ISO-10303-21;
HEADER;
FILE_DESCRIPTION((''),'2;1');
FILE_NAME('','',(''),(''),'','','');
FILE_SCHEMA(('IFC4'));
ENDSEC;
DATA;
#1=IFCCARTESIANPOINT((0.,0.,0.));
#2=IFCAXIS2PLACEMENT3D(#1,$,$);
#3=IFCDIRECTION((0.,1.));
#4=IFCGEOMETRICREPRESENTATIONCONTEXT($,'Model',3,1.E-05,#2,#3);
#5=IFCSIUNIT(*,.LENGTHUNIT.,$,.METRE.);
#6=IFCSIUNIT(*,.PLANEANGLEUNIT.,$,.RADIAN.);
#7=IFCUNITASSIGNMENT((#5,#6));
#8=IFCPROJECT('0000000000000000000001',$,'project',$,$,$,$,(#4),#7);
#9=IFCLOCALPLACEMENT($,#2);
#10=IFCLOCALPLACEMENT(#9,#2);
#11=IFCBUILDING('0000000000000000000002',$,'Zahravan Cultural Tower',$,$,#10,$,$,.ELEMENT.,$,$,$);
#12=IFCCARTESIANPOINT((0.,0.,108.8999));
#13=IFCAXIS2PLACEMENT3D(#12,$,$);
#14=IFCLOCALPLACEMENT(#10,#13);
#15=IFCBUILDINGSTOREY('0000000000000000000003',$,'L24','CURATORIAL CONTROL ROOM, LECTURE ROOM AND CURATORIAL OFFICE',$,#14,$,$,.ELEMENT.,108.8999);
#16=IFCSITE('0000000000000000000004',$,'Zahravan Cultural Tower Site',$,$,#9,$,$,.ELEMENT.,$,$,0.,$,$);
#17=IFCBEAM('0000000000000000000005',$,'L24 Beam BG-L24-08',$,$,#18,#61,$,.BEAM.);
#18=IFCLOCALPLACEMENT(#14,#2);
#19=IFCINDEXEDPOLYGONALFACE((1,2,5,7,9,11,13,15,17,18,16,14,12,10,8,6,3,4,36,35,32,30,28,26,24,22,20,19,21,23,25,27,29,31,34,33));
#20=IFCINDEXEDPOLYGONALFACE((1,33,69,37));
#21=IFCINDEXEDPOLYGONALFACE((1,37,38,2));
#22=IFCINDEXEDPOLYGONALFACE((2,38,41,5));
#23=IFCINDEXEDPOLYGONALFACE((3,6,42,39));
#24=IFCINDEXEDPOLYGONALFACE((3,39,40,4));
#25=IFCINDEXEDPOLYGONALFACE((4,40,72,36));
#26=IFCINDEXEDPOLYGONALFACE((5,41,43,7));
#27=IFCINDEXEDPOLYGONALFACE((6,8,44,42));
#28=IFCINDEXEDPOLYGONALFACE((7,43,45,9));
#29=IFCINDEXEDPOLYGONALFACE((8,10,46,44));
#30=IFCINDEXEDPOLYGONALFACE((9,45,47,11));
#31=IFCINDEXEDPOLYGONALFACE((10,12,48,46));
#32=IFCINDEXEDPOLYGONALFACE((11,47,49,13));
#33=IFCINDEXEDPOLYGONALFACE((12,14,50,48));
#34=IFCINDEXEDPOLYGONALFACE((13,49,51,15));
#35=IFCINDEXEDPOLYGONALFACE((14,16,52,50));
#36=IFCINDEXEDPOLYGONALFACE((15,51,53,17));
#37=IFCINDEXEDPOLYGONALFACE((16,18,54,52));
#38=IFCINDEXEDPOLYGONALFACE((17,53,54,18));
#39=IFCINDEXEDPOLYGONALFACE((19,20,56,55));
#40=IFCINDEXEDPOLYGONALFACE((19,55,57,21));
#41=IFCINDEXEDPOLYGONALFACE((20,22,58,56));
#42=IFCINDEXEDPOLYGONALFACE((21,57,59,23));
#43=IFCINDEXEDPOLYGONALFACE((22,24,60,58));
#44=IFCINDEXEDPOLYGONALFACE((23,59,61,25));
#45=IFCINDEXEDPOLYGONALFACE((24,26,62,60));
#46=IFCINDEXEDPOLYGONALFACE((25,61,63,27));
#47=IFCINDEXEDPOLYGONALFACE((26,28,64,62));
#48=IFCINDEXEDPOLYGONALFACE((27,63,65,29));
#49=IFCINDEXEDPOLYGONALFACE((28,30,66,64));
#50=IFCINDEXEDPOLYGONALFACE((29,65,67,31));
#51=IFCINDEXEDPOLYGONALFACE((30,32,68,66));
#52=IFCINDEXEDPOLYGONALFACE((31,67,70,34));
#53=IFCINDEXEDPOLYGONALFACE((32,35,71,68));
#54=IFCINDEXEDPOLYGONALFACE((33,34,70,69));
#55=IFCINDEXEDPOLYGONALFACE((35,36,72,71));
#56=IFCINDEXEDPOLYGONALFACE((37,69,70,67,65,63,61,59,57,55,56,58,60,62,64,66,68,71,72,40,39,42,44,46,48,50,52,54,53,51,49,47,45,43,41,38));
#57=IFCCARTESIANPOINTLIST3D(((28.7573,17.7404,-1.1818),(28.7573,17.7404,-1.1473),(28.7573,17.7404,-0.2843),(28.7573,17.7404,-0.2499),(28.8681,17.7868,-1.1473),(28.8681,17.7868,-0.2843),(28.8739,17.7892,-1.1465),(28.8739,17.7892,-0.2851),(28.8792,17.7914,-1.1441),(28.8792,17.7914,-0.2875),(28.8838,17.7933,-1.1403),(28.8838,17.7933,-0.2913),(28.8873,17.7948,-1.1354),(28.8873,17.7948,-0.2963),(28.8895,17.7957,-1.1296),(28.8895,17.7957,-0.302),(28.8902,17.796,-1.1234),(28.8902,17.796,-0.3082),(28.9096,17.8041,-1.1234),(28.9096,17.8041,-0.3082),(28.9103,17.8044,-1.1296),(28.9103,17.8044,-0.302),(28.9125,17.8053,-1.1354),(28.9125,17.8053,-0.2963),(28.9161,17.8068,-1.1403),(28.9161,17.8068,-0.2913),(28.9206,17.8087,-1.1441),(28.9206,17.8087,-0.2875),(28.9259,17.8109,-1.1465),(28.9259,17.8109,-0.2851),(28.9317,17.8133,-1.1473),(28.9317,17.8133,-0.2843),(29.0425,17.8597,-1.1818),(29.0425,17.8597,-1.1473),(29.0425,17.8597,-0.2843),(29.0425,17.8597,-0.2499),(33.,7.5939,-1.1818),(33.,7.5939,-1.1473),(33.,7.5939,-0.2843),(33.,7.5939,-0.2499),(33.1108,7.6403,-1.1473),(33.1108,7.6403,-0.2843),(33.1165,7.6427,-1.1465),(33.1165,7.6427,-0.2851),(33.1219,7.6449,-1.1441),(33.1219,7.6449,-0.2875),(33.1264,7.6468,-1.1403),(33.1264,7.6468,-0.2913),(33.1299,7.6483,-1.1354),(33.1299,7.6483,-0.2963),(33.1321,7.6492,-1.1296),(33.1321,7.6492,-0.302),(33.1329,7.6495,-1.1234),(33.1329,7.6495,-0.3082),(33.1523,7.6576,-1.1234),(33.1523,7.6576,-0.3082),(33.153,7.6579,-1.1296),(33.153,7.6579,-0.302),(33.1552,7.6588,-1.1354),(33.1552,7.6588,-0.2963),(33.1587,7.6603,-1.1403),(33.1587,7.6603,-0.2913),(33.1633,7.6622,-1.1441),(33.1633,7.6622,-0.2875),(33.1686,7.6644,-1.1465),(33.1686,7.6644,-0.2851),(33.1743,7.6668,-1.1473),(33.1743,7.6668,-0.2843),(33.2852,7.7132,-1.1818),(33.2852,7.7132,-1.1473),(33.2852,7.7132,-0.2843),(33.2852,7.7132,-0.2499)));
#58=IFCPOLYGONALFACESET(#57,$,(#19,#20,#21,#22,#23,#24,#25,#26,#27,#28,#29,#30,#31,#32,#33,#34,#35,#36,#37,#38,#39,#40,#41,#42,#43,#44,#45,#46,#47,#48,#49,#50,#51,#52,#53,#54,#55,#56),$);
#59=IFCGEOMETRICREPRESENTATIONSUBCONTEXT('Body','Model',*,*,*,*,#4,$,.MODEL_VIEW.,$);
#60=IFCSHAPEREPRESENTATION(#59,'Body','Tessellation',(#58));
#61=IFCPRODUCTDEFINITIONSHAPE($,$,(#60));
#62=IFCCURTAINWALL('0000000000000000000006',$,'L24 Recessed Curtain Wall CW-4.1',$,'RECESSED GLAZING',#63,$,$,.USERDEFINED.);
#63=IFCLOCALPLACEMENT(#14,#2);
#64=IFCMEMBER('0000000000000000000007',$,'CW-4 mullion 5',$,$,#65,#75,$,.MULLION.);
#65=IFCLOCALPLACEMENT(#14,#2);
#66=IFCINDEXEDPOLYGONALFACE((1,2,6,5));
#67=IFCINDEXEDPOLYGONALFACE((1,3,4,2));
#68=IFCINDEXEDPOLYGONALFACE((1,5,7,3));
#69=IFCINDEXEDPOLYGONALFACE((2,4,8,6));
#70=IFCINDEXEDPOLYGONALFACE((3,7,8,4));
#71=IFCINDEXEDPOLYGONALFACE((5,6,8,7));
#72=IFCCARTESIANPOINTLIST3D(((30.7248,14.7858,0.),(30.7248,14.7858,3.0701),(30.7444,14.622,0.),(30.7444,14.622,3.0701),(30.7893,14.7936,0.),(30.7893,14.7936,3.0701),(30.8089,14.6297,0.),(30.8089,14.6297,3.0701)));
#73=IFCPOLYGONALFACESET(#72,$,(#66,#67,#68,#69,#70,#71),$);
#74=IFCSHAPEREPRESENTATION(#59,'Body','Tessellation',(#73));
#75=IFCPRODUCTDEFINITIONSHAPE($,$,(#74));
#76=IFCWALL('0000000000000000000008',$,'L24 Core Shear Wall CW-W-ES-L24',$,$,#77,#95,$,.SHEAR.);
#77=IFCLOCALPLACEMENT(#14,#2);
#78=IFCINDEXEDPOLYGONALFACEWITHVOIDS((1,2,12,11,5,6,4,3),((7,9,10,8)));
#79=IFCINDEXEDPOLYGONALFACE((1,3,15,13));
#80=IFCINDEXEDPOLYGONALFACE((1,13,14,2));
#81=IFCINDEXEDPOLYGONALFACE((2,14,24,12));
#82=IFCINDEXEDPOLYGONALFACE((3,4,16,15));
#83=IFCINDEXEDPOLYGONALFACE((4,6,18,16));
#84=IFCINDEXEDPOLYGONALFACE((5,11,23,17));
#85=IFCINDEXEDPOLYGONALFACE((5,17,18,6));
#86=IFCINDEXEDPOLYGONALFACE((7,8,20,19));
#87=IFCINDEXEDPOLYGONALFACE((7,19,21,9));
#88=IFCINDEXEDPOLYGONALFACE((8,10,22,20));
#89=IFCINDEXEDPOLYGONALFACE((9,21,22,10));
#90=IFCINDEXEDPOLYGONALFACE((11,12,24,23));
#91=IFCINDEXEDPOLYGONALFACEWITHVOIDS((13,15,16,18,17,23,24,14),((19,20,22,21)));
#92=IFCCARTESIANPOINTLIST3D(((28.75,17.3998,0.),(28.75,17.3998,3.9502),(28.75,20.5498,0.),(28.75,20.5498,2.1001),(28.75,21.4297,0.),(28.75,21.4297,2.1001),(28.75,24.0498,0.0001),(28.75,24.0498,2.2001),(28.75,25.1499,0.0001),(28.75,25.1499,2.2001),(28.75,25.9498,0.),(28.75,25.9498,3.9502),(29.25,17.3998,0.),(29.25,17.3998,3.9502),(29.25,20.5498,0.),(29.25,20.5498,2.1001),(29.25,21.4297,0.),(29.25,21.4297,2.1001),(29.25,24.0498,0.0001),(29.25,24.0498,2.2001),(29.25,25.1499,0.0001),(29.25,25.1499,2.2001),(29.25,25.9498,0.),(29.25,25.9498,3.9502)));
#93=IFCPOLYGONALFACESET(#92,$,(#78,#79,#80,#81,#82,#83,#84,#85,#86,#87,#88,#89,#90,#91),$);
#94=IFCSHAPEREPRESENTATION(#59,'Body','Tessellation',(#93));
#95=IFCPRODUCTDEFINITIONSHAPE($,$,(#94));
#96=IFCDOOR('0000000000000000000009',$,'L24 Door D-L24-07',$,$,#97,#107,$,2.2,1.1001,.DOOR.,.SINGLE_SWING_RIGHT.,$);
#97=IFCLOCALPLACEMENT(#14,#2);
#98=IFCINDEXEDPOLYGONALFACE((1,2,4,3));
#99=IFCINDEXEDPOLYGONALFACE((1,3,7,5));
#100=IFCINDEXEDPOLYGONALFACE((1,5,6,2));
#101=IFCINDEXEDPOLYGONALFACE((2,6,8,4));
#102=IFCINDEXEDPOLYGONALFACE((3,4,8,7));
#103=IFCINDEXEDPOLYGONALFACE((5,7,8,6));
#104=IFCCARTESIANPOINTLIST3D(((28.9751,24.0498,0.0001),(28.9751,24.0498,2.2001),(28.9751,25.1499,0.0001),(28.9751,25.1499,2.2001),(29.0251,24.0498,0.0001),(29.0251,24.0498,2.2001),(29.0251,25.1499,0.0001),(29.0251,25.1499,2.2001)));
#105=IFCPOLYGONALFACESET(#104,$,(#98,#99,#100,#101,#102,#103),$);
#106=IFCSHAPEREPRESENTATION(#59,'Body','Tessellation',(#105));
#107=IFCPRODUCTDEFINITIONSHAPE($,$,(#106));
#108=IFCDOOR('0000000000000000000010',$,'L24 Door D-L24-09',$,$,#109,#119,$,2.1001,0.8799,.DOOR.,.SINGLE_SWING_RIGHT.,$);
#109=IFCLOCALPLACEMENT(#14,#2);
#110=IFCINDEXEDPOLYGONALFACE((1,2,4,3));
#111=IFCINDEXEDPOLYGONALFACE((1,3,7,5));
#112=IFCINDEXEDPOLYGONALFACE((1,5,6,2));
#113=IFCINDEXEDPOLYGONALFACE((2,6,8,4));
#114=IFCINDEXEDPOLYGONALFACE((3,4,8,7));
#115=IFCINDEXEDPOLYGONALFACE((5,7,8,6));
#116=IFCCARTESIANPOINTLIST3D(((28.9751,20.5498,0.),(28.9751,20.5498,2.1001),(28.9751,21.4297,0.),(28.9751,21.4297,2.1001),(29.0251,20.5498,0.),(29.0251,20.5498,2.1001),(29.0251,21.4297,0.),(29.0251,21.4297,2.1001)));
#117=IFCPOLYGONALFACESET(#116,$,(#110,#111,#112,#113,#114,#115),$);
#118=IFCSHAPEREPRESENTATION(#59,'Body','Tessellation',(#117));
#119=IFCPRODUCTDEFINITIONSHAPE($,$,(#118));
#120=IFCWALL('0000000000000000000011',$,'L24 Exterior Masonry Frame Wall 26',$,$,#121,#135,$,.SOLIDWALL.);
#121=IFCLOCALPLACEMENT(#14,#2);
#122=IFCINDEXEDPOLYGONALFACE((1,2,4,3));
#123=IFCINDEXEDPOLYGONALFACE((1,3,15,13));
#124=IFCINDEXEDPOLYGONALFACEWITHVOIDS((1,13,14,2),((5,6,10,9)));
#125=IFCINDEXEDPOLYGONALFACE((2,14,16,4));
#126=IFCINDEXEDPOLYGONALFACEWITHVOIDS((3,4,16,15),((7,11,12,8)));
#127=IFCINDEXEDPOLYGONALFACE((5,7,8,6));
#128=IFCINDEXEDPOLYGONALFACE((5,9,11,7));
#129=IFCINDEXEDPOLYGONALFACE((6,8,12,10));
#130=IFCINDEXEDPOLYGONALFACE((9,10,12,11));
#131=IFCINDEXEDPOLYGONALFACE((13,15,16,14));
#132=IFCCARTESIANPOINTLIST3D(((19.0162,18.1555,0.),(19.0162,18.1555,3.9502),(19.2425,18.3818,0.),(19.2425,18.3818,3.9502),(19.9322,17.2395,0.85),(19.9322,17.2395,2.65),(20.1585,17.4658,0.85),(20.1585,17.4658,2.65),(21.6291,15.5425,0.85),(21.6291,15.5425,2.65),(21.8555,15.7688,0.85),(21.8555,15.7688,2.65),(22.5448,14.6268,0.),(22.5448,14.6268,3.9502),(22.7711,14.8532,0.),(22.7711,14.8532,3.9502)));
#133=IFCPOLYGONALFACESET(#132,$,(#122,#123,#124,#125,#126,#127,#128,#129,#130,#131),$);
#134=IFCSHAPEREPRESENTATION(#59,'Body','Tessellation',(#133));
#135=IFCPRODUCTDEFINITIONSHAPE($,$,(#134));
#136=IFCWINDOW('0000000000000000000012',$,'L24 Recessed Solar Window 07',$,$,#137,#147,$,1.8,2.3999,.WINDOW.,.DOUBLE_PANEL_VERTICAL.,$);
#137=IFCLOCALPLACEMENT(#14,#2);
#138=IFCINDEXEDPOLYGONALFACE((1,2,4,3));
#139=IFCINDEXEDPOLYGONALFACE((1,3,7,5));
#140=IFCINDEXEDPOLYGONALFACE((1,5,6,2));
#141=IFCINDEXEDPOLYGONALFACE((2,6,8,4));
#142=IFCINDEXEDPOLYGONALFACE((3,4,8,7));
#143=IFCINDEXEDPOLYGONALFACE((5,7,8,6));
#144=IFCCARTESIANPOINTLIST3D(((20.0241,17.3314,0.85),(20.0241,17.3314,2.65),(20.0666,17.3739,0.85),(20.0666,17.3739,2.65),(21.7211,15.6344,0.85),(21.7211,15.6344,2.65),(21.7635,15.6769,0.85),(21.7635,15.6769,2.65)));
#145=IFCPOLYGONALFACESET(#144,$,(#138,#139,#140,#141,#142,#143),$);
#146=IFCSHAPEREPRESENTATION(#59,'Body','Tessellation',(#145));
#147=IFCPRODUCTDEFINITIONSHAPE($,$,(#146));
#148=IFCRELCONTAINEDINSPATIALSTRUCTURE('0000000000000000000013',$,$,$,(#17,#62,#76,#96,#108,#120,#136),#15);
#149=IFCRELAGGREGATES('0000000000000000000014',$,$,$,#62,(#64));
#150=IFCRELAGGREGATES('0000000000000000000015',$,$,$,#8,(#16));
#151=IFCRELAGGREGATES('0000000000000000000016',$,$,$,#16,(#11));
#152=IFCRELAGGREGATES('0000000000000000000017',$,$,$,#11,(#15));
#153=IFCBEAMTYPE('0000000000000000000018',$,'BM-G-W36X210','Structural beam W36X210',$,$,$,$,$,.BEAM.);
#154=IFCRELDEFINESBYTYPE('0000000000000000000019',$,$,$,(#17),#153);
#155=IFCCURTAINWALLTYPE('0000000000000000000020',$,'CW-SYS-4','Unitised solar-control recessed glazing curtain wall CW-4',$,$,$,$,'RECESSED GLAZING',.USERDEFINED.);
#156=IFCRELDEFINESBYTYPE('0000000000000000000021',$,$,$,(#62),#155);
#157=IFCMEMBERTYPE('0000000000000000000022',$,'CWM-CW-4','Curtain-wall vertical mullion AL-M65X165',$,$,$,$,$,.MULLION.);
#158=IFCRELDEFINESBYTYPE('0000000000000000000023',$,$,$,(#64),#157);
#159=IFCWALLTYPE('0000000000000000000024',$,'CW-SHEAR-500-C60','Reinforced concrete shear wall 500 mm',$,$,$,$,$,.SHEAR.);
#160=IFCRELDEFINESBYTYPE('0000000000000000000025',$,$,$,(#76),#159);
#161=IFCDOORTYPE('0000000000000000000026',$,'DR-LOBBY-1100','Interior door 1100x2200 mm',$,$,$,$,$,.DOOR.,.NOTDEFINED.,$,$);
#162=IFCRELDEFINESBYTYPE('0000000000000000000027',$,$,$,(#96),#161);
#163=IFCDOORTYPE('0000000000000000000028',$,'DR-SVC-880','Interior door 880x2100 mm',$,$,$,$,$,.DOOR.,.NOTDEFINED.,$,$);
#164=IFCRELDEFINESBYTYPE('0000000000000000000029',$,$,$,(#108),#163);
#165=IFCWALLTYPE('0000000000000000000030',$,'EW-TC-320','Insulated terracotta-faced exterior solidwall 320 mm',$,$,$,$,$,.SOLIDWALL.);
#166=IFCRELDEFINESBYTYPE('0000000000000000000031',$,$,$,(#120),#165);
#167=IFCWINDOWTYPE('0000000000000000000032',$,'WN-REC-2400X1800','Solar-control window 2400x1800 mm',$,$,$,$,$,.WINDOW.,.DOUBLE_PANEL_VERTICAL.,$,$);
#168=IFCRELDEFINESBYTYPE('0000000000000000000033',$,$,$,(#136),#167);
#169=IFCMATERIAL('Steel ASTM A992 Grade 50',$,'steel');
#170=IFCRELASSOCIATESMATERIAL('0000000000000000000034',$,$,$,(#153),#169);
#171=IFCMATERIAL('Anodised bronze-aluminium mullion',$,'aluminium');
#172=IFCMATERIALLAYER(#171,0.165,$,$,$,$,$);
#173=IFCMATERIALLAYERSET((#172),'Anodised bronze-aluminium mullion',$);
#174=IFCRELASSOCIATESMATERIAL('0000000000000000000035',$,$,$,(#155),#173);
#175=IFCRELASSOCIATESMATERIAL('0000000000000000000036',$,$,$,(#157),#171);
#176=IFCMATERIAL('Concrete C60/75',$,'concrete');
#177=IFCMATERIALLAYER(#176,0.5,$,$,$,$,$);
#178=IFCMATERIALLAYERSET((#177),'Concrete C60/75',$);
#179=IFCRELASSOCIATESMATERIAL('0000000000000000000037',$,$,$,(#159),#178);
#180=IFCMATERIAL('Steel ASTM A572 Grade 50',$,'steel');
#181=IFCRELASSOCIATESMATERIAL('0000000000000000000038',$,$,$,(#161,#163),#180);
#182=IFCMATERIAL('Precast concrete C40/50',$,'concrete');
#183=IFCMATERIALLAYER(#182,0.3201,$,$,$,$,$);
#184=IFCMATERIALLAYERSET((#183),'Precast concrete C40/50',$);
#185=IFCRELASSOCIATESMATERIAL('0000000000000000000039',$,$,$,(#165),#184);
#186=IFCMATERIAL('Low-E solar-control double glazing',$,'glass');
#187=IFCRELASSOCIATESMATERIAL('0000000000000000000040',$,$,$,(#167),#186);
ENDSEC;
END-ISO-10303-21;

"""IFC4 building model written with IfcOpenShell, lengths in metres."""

from ifc_helpers import new_model, si_unit, direction, frame, frame_2d, origin, origin_2d, place, context, subcontext, project, spatial, rectangle, i_section, extrude, source, transform, mapped, material, layer, layer_set, material_profile, profile_set, type_object, element, fill, aggregate, save


model = new_model("IFC4")

# Units and contexts
model_context = context("Model", 3, precision=1e-05, world=origin(), true_north=direction((0.0, 1.0)))
body_context = subcontext(model_context, "Body", "Model", "MODEL_VIEW")
ifc_project = project(units=[si_unit("LENGTHUNIT", "METRE"), si_unit("PLANEANGLEUNIT", "RADIAN")], contexts=[model_context])

# Site, building, storey
site_placement = place(None, origin())
site = spatial("IfcSite", under=ifc_project, at=site_placement, Name="Zahravan Cultural Tower Site", CompositionType="ELEMENT", RefElevation=0.0)
building_placement = place(site_placement, origin())
building = spatial("IfcBuilding", under=site, at=building_placement, Name="Zahravan Cultural Tower", CompositionType="ELEMENT")
storey_placement = place(building_placement, frame((0.0, 0.0, 108.8999)))
storey = spatial("IfcBuildingStorey", under=building, at=storey_placement, Name="L24", Description="CURATORIAL CONTROL ROOM, LECTURE ROOM AND CURATORIAL OFFICE", CompositionType="ELEMENT", Elevation=108.8999)

# Shared definitions
ifc_material_1 = material(Name="Concrete C60/75", Category="concrete")

# Beam
ifc_material_2 = material(Name="Steel ASTM A992 Grade 50", Category="steel")
ifc_material_profile_1 = material_profile(ifc_material_2, i_section(OverallWidth=0.3091, OverallDepth=0.9319, WebThickness=0.021, FlangeThickness=0.0344, FilletRadius=0.0239, at=origin_2d()), Name="W36X210")
ifc_profile_set_1 = profile_set([ifc_material_profile_1], Name="Steel ASTM A992 Grade 50")
beam_type_1 = type_object("IfcBeamType", Name="BM-G-W36X210", Description="Structural beam W36X210", PredefinedType="BEAM", material=ifc_profile_set_1)
shared_shape_1 = source(origin(), body_context, "Body", "SweptSolid", [
    extrude(i_section(OverallWidth=0.3091, OverallDepth=0.9319, WebThickness=0.021, FlangeThickness=0.0344, FilletRadius=0.0239, at=origin_2d()), origin(), (0.0, 0.0, 1.0), 10.9978),
])
beam_1_placement = place(storey_placement, frame((28.8999, 17.8, -0.7158), z_axis=(0.385775, -0.922593, 0.0), x_axis=(0.922593, 0.385775, 0.0)))
element("IfcBeam", 1, at=beam_1_placement, inside=storey, type_object=beam_type_1, Name="L24 Beam BG-L24-08", PredefinedType="BEAM", context=body_context, shape_type="MappedRepresentation", body=[
    mapped(shared_shape_1, transform((0.0, 0.0, 0.0), x_axis=(1.0, 0.0, 0.0), y_axis=(0.0, 1.0, 0.0), z_axis=(0.0, 0.0, 1.0), scale=1.0)),
])

# Curtain wall, member
ifc_material_3 = material(Name="Anodised bronze-aluminium mullion", Category="aluminium")
ifc_layer_1 = layer(ifc_material_3, 0.165)
ifc_layer_set_1 = layer_set([ifc_layer_1], Name="Anodised bronze-aluminium mullion")
curtain_wall_type = type_object("IfcCurtainWallType", Name="CW-SYS-4", Description="Unitised solar-control recessed glazing curtain wall CW-4", ElementType="RECESSED GLAZING", PredefinedType="USERDEFINED", material=ifc_layer_set_1)
curtain_wall_placement = place(storey_placement, origin())
curtain_wall = element("IfcCurtainWall", 2, at=curtain_wall_placement, inside=storey, type_object=curtain_wall_type, Name="L24 Recessed Curtain Wall CW-4.1", ObjectType="RECESSED GLAZING", PredefinedType="USERDEFINED")
ifc_material_profile_2 = material_profile(ifc_material_3, rectangle(XDim=0.0649, YDim=0.165, at=origin_2d()), Name="AL-M65X165")
ifc_profile_set_2 = profile_set([ifc_material_profile_2], Name="Anodised bronze-aluminium mullion")
member_type = type_object("IfcMemberType", Name="CWM-CW-4", Description="Curtain-wall vertical mullion AL-M65X165", PredefinedType="MULLION", material=ifc_profile_set_2)
shared_shape_2 = source(origin(), body_context, "Body", "SweptSolid", [
    extrude(rectangle(XDim=0.0649, YDim=0.165, at=origin_2d()), origin(), (0.0, 0.0, 1.0), 3.0701),
])
member_placement = place(storey_placement, frame((30.7668, 14.7078, 0.0), z_axis=(0.0, 0.0, 1.0), x_axis=(-0.992883, -0.119095, 0.0)))
member = element("IfcMember", 3, at=member_placement, type_object=member_type, Name="CW-4 mullion 5", PredefinedType="MULLION", context=body_context, shape_type="MappedRepresentation", body=[
    mapped(shared_shape_2, transform((0.0, 0.0, 0.0), x_axis=(1.0, 0.0, 0.0), y_axis=(0.0, 1.0, 0.0), z_axis=(0.0, 0.0, 1.0), scale=1.0)),
])
aggregate(curtain_wall, [member])

# Wall, openings, doors
ifc_layer_2 = layer(ifc_material_1, 0.5)
ifc_layer_set_2 = layer_set([ifc_layer_2], Name="Concrete C60/75")
wall_type_1 = type_object("IfcWallType", Name="CW-SHEAR-500-C60", Description="Reinforced concrete shear wall 500 mm", PredefinedType="SHEAR", material=ifc_layer_set_2)
wall_1_placement = place(storey_placement, frame((29.0, 17.3999, 0.0), z_axis=(0.0, 0.0, 1.0), x_axis=(0.0, 1.0, 0.0)))
wall_1 = element("IfcWall", 4, at=wall_1_placement, inside=storey, type_object=wall_type_1, Name="L24 Core Shear Wall CW-W-ES-L24", PredefinedType="SHEAR", context=body_context, shape_type="SweptSolid", body=[
    extrude(rectangle(XDim=8.55, YDim=0.5, at=frame_2d((4.2749, 0.0))), origin(), (0.0, 0.0, 1.0), 3.9502),
])
opening_1_placement = place(wall_1_placement, frame((6.6499, 0.0, 0.0)))
opening_1 = element("IfcOpeningElement", 5, at=opening_1_placement, cuts=wall_1, PredefinedType="OPENING", context=body_context, shape_type="SweptSolid", body=[
    extrude(rectangle(XDim=1.1001, YDim=2.2, at=frame_2d((0.55, 1.1001))), frame((0.0, 0.26, 0.0), z_axis=(0.0, -1.0, 0.0), x_axis=(1.0, 0.0, 0.0)), (0.0, 0.0, 1.0), 0.52),
])
opening_2_placement = place(wall_1_placement, frame((3.1499, 0.0, 0.0)))
opening_2 = element("IfcOpeningElement", 6, at=opening_2_placement, cuts=wall_1, PredefinedType="OPENING", context=body_context, shape_type="SweptSolid", body=[
    extrude(rectangle(XDim=0.8799, YDim=2.1001, at=frame_2d((0.4399, 1.05))), frame((0.0, 0.26, 0.0), z_axis=(0.0, -1.0, 0.0), x_axis=(1.0, 0.0, 0.0)), (0.0, 0.0, 1.0), 0.52),
])
ifc_material_4 = material(Name="Steel ASTM A572 Grade 50", Category="steel")
door_type_1 = type_object("IfcDoorType", Name="DR-LOBBY-1100", Description="Interior door 1100x2200 mm", OperationType="NOTDEFINED", PredefinedType="DOOR", material=ifc_material_4)
shared_shape_3 = source(origin(), body_context, "Body", "SweptSolid", [
    extrude(rectangle(XDim=1.1001, YDim=2.2, at=frame_2d((0.55, 1.1001))), frame((0.0, 0.0249, 0.0), z_axis=(0.0, -1.0, 0.0), x_axis=(1.0, 0.0, 0.0)), (0.0, 0.0, 1.0), 0.05),
])
door_1_placement = place(opening_1_placement, origin())
door_1 = element("IfcDoor", 7, at=door_1_placement, inside=storey, type_object=door_type_1, Name="L24 Door D-L24-07", OperationType="SINGLE_SWING_RIGHT", OverallHeight=2.2, OverallWidth=1.1001, PredefinedType="DOOR", context=body_context, shape_type="MappedRepresentation", body=[
    mapped(shared_shape_3, transform((0.0, 0.0, 0.0), x_axis=(1.0, 0.0, 0.0), y_axis=(0.0, 1.0, 0.0), z_axis=(0.0, 0.0, 1.0), scale=1.0)),
])
fill(opening_1, door_1)
door_type_2 = type_object("IfcDoorType", Name="DR-SVC-880", Description="Interior door 880x2100 mm", OperationType="NOTDEFINED", PredefinedType="DOOR", material=ifc_material_4)
shared_shape_4 = source(origin(), body_context, "Body", "SweptSolid", [
    extrude(rectangle(XDim=0.8799, YDim=2.1001, at=frame_2d((0.4399, 1.05))), frame((0.0, 0.0249, 0.0), z_axis=(0.0, -1.0, 0.0), x_axis=(1.0, 0.0, 0.0)), (0.0, 0.0, 1.0), 0.05),
])
door_2_placement = place(opening_2_placement, origin())
door_2 = element("IfcDoor", 8, at=door_2_placement, inside=storey, type_object=door_type_2, Name="L24 Door D-L24-09", OperationType="SINGLE_SWING_RIGHT", OverallHeight=2.1001, OverallWidth=0.8799, PredefinedType="DOOR", context=body_context, shape_type="MappedRepresentation", body=[
    mapped(shared_shape_4, transform((0.0, 0.0, 0.0), x_axis=(1.0, 0.0, 0.0), y_axis=(0.0, 1.0, 0.0), z_axis=(0.0, 0.0, 1.0), scale=1.0)),
])
fill(opening_2, door_2)

# Wall, opening, window
ifc_material_5 = material(Name="Precast concrete C40/50", Category="concrete")
ifc_layer_3 = layer(ifc_material_5, 0.3201)
ifc_layer_set_3 = layer_set([ifc_layer_3], Name="Precast concrete C40/50")
wall_type_2 = type_object("IfcWallType", Name="EW-TC-320", Description="Insulated terracotta-faced exterior solidwall 320 mm", PredefinedType="SOLIDWALL", material=ifc_layer_set_3)
wall_2_placement = place(storey_placement, frame((22.658, 14.74, 0.0), z_axis=(0.0, 0.0, 1.0), x_axis=(-0.707107, 0.707107, 0.0)))
wall_2 = element("IfcWall", 9, at=wall_2_placement, inside=storey, type_object=wall_type_2, Name="L24 Exterior Masonry Frame Wall 26", PredefinedType="SOLIDWALL", context=body_context, shape_type="SweptSolid", body=[
    extrude(rectangle(XDim=4.9902, YDim=0.3201, at=frame_2d((2.4951, 0.0))), origin(), (0.0, 0.0, 1.0), 3.9502),
])
opening_3_placement = place(wall_2_placement, frame((1.2949, 0.0, 0.8501)))
opening_3 = element("IfcOpeningElement", 10, at=opening_3_placement, cuts=wall_2, PredefinedType="OPENING", context=body_context, shape_type="SweptSolid", body=[
    extrude(rectangle(XDim=2.3999, YDim=1.8, at=frame_2d((1.2, 0.8999))), frame((0.0, 0.1699, 0.0), z_axis=(0.0, -1.0, 0.0), x_axis=(1.0, 0.0, 0.0)), (0.0, 0.0, 1.0), 0.3401),
])
ifc_material_6 = material(Name="Low-E solar-control double glazing", Category="glass")
window_type = type_object("IfcWindowType", Name="WN-REC-2400X1800", Description="Solar-control window 2400x1800 mm", PartitioningType="DOUBLE_PANEL_VERTICAL", PredefinedType="WINDOW", material=ifc_material_6)
shared_shape_5 = source(origin(), body_context, "Body", "SweptSolid", [
    extrude(rectangle(XDim=2.3999, YDim=1.8, at=frame_2d((1.2, 0.8999))), frame((0.0, 0.03, 0.0), z_axis=(0.0, -1.0, 0.0), x_axis=(1.0, 0.0, 0.0)), (0.0, 0.0, 1.0), 0.0601),
])
window_placement = place(opening_3_placement, origin())
window = element("IfcWindow", 11, at=window_placement, inside=storey, type_object=window_type, Name="L24 Recessed Solar Window 07", OverallHeight=1.8, OverallWidth=2.3999, PartitioningType="DOUBLE_PANEL_VERTICAL", PredefinedType="WINDOW", context=body_context, shape_type="MappedRepresentation", body=[
    mapped(shared_shape_5, transform((0.0, 0.0, 0.0), x_axis=(1.0, 0.0, 0.0), y_axis=(0.0, 1.0, 0.0), z_axis=(0.0, 0.0, 1.0), scale=1.0)),
])
fill(opening_3, window)

save(model, "model.ifc")
